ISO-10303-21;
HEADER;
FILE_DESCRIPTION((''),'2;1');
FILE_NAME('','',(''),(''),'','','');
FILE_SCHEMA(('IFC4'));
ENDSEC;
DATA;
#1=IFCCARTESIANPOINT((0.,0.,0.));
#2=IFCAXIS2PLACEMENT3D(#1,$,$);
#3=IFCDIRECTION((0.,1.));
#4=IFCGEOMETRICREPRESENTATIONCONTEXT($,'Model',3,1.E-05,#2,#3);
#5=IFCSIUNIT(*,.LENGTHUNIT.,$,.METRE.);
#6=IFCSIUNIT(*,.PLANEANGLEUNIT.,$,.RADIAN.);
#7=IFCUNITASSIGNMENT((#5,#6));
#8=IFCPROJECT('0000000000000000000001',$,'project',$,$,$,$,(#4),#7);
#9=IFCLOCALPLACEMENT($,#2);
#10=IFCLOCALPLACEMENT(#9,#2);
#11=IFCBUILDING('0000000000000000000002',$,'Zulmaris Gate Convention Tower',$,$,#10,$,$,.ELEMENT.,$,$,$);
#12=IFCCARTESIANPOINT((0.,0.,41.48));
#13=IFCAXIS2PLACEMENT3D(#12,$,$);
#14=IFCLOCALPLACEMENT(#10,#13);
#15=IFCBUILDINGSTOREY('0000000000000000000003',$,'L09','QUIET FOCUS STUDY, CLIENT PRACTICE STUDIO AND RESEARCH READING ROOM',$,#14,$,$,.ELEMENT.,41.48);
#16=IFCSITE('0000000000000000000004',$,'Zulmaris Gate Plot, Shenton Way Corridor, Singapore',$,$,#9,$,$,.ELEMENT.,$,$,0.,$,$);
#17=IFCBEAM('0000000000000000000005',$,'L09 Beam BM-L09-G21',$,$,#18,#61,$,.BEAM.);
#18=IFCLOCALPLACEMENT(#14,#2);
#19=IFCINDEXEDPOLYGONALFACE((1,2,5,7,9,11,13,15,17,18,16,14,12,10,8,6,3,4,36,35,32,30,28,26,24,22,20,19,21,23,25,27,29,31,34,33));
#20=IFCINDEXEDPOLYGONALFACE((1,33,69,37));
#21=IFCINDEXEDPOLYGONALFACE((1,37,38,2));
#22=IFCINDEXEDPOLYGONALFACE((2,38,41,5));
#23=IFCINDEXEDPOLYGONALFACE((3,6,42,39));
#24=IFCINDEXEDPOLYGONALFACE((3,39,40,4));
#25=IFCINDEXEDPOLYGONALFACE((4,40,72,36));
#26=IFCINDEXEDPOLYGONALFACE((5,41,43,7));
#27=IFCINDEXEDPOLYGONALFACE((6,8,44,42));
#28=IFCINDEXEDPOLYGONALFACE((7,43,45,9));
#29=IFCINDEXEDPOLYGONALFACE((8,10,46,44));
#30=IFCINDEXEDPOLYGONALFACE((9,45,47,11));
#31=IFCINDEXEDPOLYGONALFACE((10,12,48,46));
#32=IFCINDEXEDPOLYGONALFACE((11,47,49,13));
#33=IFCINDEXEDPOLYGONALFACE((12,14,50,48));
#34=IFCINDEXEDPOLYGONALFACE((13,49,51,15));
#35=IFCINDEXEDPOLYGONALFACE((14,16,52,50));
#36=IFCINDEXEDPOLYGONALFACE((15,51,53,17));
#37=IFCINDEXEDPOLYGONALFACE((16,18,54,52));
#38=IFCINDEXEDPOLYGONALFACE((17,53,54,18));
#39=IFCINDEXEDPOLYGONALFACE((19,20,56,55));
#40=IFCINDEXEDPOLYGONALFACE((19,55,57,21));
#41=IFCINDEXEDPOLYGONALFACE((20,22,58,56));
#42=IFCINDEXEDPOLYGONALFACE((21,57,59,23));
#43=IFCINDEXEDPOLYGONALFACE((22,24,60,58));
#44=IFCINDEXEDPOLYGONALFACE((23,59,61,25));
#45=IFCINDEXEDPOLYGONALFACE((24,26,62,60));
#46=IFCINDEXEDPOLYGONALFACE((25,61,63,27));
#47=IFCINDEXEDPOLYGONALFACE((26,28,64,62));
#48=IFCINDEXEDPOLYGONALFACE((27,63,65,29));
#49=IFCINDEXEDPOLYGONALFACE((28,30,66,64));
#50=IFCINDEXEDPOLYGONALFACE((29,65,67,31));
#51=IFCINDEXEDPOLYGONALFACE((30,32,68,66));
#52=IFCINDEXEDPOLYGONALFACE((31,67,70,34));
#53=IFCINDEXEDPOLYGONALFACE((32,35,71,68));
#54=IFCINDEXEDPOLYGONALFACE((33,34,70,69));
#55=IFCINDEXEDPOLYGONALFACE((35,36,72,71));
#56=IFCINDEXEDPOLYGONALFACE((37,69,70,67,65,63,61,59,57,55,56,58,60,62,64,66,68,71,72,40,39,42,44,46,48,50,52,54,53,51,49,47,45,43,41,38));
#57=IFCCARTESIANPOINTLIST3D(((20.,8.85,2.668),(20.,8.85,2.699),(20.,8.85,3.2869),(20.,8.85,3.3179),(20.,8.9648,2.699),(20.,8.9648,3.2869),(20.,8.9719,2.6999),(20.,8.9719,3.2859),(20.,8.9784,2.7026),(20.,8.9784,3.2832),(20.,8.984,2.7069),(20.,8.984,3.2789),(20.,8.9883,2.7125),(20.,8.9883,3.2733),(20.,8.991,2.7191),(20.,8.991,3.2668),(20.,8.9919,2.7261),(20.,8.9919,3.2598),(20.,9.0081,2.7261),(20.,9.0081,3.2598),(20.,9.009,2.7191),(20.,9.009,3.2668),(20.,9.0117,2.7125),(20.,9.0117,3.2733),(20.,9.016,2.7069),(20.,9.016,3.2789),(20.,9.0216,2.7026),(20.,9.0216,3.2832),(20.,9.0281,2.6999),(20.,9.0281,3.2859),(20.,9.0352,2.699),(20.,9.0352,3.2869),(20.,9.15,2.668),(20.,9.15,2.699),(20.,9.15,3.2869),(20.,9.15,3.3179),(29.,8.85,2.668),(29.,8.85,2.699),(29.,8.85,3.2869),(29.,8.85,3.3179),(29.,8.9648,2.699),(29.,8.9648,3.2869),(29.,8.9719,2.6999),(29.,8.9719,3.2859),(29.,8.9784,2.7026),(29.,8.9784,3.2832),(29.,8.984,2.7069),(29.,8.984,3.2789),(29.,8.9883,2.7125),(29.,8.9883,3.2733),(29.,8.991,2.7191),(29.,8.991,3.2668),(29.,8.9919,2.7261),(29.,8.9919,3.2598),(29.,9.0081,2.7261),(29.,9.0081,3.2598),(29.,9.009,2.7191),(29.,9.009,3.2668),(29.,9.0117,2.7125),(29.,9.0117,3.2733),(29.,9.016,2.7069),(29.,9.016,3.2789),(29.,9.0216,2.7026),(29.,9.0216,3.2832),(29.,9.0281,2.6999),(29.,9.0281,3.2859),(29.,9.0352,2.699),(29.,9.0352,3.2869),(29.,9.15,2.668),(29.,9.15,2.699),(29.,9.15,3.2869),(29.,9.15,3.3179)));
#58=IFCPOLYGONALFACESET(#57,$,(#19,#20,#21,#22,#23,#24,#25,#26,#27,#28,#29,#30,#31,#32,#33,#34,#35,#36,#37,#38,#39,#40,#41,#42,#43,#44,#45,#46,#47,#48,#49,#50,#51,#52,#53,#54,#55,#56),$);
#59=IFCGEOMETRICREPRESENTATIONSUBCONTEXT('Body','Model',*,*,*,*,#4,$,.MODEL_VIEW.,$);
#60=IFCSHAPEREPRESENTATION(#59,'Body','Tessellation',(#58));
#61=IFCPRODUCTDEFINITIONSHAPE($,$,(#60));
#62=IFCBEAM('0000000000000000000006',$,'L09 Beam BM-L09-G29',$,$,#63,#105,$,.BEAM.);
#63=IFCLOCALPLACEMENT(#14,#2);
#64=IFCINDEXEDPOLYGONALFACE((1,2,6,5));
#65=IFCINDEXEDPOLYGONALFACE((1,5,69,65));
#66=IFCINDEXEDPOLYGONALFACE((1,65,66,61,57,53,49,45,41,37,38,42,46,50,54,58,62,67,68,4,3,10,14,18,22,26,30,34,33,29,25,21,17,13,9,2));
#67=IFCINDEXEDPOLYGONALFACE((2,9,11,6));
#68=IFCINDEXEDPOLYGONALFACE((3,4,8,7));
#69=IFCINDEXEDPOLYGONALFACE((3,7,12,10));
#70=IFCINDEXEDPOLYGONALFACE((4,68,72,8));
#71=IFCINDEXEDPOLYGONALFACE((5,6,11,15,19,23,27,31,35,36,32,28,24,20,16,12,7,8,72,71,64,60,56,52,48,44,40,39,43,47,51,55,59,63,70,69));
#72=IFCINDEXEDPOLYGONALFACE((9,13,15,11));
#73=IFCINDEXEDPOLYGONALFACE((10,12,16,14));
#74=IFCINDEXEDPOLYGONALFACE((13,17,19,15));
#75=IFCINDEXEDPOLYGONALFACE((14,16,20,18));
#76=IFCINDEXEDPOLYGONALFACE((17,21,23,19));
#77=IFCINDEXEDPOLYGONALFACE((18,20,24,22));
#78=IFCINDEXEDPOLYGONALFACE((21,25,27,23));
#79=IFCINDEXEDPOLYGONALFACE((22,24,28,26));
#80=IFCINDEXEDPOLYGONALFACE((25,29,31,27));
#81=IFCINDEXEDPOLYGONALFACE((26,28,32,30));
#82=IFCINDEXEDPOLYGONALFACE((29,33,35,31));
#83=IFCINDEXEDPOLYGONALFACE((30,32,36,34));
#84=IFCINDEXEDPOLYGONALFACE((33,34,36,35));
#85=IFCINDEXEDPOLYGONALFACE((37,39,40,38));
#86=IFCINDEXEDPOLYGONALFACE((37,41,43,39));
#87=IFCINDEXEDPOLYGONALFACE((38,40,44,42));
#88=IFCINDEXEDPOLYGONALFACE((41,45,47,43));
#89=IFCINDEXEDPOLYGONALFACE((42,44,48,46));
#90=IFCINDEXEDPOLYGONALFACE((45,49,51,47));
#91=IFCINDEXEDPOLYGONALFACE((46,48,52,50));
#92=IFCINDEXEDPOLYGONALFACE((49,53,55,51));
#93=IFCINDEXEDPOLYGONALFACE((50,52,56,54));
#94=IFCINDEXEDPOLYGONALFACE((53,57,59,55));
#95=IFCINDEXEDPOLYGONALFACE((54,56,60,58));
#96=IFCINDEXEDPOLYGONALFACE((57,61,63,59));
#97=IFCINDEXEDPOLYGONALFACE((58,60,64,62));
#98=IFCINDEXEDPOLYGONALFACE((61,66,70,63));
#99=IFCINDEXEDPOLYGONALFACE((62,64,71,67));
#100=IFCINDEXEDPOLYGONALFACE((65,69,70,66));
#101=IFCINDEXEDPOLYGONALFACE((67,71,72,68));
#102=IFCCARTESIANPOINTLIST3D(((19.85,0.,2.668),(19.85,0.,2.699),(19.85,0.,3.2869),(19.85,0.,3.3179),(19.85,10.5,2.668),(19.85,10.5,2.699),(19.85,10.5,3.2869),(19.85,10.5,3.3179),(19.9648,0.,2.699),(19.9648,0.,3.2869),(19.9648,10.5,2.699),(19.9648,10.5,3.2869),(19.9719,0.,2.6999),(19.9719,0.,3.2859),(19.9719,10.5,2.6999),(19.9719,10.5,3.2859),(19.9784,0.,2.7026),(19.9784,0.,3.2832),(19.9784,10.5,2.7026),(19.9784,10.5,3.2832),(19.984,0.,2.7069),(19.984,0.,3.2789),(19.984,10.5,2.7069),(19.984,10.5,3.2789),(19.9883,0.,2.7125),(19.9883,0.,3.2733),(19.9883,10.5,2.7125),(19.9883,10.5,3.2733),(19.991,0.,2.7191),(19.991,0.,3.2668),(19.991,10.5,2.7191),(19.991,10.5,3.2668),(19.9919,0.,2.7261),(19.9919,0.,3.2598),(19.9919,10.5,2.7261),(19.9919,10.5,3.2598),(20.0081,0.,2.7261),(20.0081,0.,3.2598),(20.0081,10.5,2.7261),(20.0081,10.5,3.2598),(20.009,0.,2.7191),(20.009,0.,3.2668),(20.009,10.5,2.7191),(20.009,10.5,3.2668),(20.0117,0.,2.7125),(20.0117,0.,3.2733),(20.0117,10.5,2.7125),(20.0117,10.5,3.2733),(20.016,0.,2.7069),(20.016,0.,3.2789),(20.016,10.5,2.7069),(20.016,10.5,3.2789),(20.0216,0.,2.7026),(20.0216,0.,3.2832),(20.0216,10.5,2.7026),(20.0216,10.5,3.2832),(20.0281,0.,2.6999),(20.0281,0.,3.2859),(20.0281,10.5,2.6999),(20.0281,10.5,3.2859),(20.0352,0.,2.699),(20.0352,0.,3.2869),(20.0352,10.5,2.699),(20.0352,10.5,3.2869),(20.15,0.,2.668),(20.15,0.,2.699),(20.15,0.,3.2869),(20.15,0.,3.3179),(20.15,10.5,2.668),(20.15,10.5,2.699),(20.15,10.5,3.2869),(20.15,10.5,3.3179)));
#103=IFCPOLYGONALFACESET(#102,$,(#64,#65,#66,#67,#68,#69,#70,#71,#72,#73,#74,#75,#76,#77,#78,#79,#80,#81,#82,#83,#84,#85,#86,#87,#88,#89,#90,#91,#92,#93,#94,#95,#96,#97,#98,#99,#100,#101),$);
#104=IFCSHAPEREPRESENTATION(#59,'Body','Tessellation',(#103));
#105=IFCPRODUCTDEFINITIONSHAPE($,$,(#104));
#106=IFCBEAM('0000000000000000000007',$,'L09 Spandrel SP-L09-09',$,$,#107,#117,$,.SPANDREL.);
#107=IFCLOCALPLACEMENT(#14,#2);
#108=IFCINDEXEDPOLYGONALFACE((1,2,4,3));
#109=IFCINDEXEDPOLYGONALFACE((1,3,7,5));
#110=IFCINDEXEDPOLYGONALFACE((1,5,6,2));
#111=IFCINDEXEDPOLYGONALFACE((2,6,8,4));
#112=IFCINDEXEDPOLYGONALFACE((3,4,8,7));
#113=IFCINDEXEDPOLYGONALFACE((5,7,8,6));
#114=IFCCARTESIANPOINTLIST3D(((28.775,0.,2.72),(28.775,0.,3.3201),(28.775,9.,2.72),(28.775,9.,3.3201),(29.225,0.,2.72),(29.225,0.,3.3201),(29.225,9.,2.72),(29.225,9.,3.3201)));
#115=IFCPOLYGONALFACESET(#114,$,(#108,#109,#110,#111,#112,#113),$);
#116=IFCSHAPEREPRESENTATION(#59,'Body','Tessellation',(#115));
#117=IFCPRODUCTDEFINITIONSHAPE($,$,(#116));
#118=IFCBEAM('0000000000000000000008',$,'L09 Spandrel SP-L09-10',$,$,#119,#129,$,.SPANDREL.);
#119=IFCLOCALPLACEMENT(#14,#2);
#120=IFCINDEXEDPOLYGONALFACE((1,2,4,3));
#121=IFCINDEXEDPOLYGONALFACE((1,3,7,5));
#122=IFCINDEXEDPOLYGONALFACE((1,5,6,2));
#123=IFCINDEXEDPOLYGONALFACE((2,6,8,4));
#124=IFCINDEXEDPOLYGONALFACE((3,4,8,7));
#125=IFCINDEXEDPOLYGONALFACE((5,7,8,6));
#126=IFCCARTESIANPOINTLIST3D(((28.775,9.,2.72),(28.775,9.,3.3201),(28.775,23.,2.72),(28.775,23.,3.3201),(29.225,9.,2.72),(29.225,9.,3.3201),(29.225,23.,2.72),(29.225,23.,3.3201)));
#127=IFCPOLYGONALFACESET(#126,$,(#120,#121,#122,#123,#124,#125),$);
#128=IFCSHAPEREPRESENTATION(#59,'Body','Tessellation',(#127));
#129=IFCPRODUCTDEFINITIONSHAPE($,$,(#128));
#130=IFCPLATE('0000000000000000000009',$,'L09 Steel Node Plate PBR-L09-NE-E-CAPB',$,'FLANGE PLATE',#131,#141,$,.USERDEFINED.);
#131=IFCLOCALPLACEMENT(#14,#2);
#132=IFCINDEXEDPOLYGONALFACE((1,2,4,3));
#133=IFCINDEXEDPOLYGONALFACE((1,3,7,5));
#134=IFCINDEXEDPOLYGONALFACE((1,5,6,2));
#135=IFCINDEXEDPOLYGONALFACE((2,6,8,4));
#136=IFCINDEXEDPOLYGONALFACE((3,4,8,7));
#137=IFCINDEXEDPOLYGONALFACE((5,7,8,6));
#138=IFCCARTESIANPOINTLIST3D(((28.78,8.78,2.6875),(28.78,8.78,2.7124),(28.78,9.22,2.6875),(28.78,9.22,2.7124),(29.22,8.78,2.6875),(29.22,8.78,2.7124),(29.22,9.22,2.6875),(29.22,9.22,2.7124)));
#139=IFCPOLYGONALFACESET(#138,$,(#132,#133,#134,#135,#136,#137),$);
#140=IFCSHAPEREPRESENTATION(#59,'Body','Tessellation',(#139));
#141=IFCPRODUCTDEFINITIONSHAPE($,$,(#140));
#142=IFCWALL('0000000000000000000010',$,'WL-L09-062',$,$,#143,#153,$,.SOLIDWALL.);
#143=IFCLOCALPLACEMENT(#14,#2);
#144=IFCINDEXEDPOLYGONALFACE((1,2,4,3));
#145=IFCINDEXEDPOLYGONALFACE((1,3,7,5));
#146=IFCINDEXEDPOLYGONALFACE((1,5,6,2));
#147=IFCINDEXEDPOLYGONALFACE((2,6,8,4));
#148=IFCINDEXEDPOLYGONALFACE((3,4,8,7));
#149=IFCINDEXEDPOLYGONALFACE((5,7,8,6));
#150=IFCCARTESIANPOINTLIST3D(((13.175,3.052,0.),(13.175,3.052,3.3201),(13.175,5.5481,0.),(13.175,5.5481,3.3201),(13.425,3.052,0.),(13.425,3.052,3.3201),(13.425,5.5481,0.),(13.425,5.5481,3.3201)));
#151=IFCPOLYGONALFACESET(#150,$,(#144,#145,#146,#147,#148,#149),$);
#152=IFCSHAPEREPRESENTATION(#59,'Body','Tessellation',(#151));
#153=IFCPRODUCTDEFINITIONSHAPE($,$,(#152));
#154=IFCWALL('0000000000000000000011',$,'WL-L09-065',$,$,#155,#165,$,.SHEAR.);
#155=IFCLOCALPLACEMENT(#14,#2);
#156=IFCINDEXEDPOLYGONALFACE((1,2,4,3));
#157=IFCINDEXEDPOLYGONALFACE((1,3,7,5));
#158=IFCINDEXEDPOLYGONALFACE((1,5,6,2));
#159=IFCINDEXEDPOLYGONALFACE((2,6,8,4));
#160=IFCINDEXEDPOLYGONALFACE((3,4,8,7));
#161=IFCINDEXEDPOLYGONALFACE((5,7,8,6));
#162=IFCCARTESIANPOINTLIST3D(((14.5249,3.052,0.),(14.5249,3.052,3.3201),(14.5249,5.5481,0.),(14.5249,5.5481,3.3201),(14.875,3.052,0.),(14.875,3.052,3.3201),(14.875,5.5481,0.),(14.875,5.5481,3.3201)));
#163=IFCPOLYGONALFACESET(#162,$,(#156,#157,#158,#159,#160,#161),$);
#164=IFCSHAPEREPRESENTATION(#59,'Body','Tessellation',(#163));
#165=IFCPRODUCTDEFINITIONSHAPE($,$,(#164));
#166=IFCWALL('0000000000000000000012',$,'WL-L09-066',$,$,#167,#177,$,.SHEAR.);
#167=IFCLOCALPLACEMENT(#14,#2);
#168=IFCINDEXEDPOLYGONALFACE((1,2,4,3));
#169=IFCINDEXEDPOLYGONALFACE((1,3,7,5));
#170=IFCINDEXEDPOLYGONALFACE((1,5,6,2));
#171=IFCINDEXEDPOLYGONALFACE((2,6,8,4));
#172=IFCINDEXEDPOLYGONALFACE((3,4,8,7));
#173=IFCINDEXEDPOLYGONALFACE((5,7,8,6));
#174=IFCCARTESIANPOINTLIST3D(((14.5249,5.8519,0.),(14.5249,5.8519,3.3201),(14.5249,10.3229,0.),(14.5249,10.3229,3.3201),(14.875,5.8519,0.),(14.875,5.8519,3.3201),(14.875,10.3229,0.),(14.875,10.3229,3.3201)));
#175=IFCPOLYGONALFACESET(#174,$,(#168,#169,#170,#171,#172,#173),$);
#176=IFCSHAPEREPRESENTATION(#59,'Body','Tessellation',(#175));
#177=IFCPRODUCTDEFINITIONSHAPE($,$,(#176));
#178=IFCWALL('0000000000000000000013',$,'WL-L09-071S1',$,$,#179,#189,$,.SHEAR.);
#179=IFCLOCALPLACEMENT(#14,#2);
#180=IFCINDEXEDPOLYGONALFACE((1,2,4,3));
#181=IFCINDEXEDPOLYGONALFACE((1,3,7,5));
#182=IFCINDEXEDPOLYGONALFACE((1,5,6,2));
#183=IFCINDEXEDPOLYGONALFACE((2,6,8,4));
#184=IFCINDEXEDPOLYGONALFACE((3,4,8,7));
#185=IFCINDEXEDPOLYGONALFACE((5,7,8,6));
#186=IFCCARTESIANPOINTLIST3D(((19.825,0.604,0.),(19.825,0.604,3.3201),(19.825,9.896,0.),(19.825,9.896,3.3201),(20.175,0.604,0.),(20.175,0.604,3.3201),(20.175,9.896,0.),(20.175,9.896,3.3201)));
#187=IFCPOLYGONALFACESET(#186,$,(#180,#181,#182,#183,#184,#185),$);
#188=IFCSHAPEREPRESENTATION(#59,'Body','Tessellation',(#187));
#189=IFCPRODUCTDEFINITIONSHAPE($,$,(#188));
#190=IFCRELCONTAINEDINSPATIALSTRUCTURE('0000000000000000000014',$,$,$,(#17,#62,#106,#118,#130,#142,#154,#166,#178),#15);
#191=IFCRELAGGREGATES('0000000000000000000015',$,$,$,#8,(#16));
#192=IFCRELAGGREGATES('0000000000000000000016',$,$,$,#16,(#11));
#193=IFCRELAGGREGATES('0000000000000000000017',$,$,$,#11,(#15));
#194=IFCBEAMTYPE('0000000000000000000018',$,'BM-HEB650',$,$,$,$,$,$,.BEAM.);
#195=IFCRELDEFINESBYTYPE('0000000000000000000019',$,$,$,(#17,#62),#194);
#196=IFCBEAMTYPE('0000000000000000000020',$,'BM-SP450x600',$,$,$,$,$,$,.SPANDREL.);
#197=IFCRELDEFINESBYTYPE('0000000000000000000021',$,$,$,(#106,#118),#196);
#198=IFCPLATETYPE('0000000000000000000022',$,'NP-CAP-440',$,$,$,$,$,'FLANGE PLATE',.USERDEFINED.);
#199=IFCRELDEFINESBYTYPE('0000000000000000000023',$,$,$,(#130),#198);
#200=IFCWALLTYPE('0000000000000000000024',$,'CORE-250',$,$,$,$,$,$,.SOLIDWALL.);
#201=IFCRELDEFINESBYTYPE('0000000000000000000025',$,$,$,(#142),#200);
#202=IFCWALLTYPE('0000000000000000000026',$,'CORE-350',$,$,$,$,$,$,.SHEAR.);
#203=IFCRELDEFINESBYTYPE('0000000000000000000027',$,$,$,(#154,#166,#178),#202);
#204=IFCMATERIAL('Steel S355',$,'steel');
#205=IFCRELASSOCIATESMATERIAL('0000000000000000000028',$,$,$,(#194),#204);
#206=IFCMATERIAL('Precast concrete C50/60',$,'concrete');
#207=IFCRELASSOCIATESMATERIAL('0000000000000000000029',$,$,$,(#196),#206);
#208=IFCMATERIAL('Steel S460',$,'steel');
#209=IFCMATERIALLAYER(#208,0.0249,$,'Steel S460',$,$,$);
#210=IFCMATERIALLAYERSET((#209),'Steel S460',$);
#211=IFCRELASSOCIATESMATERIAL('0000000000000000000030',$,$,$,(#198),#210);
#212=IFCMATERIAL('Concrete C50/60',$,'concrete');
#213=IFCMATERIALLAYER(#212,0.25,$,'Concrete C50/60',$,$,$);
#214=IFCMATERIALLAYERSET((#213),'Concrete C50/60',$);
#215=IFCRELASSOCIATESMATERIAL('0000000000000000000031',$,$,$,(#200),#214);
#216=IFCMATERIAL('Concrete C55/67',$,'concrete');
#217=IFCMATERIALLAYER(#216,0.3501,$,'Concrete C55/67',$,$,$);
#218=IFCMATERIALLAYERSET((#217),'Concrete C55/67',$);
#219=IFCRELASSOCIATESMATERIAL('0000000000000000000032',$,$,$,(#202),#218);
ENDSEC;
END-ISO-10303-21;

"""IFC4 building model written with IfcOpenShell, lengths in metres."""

from ifc_helpers import new_model, si_unit, direction, frame, frame_2d, origin, origin_2d, place, context, subcontext, project, spatial, rectangle, i_section, extrude, material, layer, layer_set, material_profile, profile_set, type_object, element, save


model = new_model("IFC4")

# Units and contexts
model_context = context("Model", 3, precision=1e-05, world=origin(), true_north=direction((0.0, 1.0)))
body_context = subcontext(model_context, "Body", "Model", "MODEL_VIEW")
ifc_project = project(units=[si_unit("LENGTHUNIT", "METRE"), si_unit("PLANEANGLEUNIT", "RADIAN")], contexts=[model_context])

# Site, building, storey
site_placement = place(None, origin())
site = spatial("IfcSite", under=ifc_project, at=site_placement, Name="Zulmaris Gate Plot, Shenton Way Corridor, Singapore", CompositionType="ELEMENT", RefElevation=0.0)
building_placement = place(site_placement, origin())
building = spatial("IfcBuilding", under=site, at=building_placement, Name="Zulmaris Gate Convention Tower", CompositionType="ELEMENT")
storey_placement = place(building_placement, frame((0.0, 0.0, 41.48)))
storey = spatial("IfcBuildingStorey", under=building, at=storey_placement, Name="L09", Description="QUIET FOCUS STUDY, CLIENT PRACTICE STUDIO AND RESEARCH READING ROOM", CompositionType="ELEMENT", Elevation=41.48)

# Beams
ifc_material_1 = material(Name="Steel S355", Category="steel")
ifc_material_profile_1 = material_profile(ifc_material_1, i_section(OverallWidth=0.3, OverallDepth=0.6499, WebThickness=0.0161, FlangeThickness=0.031, FilletRadius=0.0271, at=origin_2d()), Name="HEB 650")
ifc_profile_set_1 = profile_set([ifc_material_profile_1], Name="Steel S355")
beam_type_1 = type_object("IfcBeamType", Name="BM-HEB650", PredefinedType="BEAM", material=ifc_profile_set_1)
for number, where, z_axis, x_axis, name in (
    (1, (20.0, 9.0, 2.9929), (1.0, 0.0, 0.0), (0.0, 1.0, 0.0), "L09 Beam BM-L09-G21"),
):
    element("IfcBeam", number, at=place(storey_placement, frame(where, z_axis=z_axis, x_axis=x_axis)), inside=storey, type_object=beam_type_1, Name=name, PredefinedType="BEAM", context=body_context, shape_type="SweptSolid", body=[
        extrude(i_section(OverallWidth=0.3, OverallDepth=0.6499, WebThickness=0.0161, FlangeThickness=0.031, FilletRadius=0.0271, at=origin_2d()), origin(), (0.0, 0.0, 1.0), 9.0),
    ])
beam_1_placement = place(storey_placement, frame((20.0, 0.0, 2.9929), z_axis=(0.0, 1.0, 0.0), x_axis=(-1.0, 0.0, 0.0)))
element("IfcBeam", 2, at=beam_1_placement, inside=storey, type_object=beam_type_1, Name="L09 Beam BM-L09-G29", PredefinedType="BEAM", context=body_context, shape_type="SweptSolid", body=[
    extrude(i_section(OverallWidth=0.3, OverallDepth=0.6499, WebThickness=0.0161, FlangeThickness=0.031, FilletRadius=0.0271, at=origin_2d()), origin(), (0.0, 0.0, 1.0), 10.5),
])
ifc_material_2 = material(Name="Precast concrete C50/60", Category="concrete")
ifc_material_profile_2 = material_profile(ifc_material_2, rectangle(XDim=0.45, YDim=0.6001, at=origin_2d()), Name="RC SPANDREL 450x600")
ifc_profile_set_2 = profile_set([ifc_material_profile_2], Name="Precast concrete C50/60")
beam_type_2 = type_object("IfcBeamType", Name="BM-SP450x600", PredefinedType="SPANDREL", material=ifc_profile_set_2)
beam_2_placement = place(storey_placement, frame((29.0, 0.0, 3.02), z_axis=(0.0, 1.0, 0.0), x_axis=(-1.0, 0.0, 0.0)))
element("IfcBeam", 3, at=beam_2_placement, inside=storey, type_object=beam_type_2, Name="L09 Spandrel SP-L09-09", PredefinedType="SPANDREL", context=body_context, shape_type="SweptSolid", body=[
    extrude(rectangle(XDim=0.45, YDim=0.6001, at=origin_2d()), origin(), (0.0, 0.0, 1.0), 9.0),
])
beam_3_placement = place(storey_placement, frame((29.0, 9.0, 3.02), z_axis=(0.0, 1.0, 0.0), x_axis=(-1.0, 0.0, 0.0)))
element("IfcBeam", 4, at=beam_3_placement, inside=storey, type_object=beam_type_2, Name="L09 Spandrel SP-L09-10", PredefinedType="SPANDREL", context=body_context, shape_type="SweptSolid", body=[
    extrude(rectangle(XDim=0.45, YDim=0.6001, at=origin_2d()), origin(), (0.0, 0.0, 1.0), 14.0),
])

# Plate
ifc_material_3 = material(Name="Steel S460", Category="steel")
ifc_layer_1 = layer(ifc_material_3, 0.0249, Name="Steel S460")
ifc_layer_set_1 = layer_set([ifc_layer_1], Name="Steel S460")
plate_type = type_object("IfcPlateType", Name="NP-CAP-440", ElementType="FLANGE PLATE", PredefinedType="USERDEFINED", material=ifc_layer_set_1)
plate_placement = place(storey_placement, frame((29.0, 9.0, 2.6875), z_axis=(0.0, 0.0, 1.0), x_axis=(1.0, 0.0, 0.0)))
element("IfcPlate", 5, at=plate_placement, inside=storey, type_object=plate_type, Name="L09 Steel Node Plate PBR-L09-NE-E-CAPB", ObjectType="FLANGE PLATE", PredefinedType="USERDEFINED", context=body_context, shape_type="SweptSolid", body=[
    extrude(rectangle(XDim=0.4399, YDim=0.4399, at=origin_2d()), origin(), (0.0, 0.0, 1.0), 0.0249),
])

# Walls
ifc_material_4 = material(Name="Concrete C50/60", Category="concrete")
ifc_layer_2 = layer(ifc_material_4, 0.25, Name="Concrete C50/60")
ifc_layer_set_2 = layer_set([ifc_layer_2], Name="Concrete C50/60")
wall_type_1 = type_object("IfcWallType", Name="CORE-250", PredefinedType="SOLIDWALL", material=ifc_layer_set_2)
wall_1_placement = place(storey_placement, frame((13.3, 3.052, 0.0), z_axis=(0.0, 0.0, 1.0), x_axis=(0.0, 1.0, 0.0)))
element("IfcWall", 6, at=wall_1_placement, inside=storey, type_object=wall_type_1, Name="WL-L09-062", PredefinedType="SOLIDWALL", context=body_context, shape_type="SweptSolid", body=[
    extrude(rectangle(XDim=2.4961, YDim=0.25, at=frame_2d((1.248, 0.0))), origin(), (0.0, 0.0, 1.0), 3.3201),
])
ifc_material_5 = material(Name="Concrete C55/67", Category="concrete")
ifc_layer_3 = layer(ifc_material_5, 0.3501, Name="Concrete C55/67")
ifc_layer_set_3 = layer_set([ifc_layer_3], Name="Concrete C55/67")
wall_type_2 = type_object("IfcWallType", Name="CORE-350", PredefinedType="SHEAR", material=ifc_layer_set_3)
wall_2_placement = place(storey_placement, frame((14.7, 3.052, 0.0), z_axis=(0.0, 0.0, 1.0), x_axis=(0.0, 1.0, 0.0)))
element("IfcWall", 7, at=wall_2_placement, inside=storey, type_object=wall_type_2, Name="WL-L09-065", PredefinedType="SHEAR", context=body_context, shape_type="SweptSolid", body=[
    extrude(rectangle(XDim=2.4961, YDim=0.3501, at=frame_2d((1.248, 0.0))), origin(), (0.0, 0.0, 1.0), 3.3201),
])
wall_3_placement = place(storey_placement, frame((14.7, 5.8521, 0.0), z_axis=(0.0, 0.0, 1.0), x_axis=(0.0, 1.0, 0.0)))
element("IfcWall", 8, at=wall_3_placement, inside=storey, type_object=wall_type_2, Name="WL-L09-066", PredefinedType="SHEAR", context=body_context, shape_type="SweptSolid", body=[
    extrude(rectangle(XDim=4.4709, YDim=0.3501, at=frame_2d((2.2354, 0.0))), origin(), (0.0, 0.0, 1.0), 3.3201),
])
wall_4_placement = place(storey_placement, frame((20.0, 0.604, 0.0), z_axis=(0.0, 0.0, 1.0), x_axis=(0.0, 1.0, 0.0)))
element("IfcWall", 9, at=wall_4_placement, inside=storey, type_object=wall_type_2, Name="WL-L09-071S1", PredefinedType="SHEAR", context=body_context, shape_type="SweptSolid", body=[
    extrude(rectangle(XDim=9.292, YDim=0.3501, at=frame_2d((4.646, 0.0))), origin(), (0.0, 0.0, 1.0), 3.3201),
])

save(model, "model.ifc")
